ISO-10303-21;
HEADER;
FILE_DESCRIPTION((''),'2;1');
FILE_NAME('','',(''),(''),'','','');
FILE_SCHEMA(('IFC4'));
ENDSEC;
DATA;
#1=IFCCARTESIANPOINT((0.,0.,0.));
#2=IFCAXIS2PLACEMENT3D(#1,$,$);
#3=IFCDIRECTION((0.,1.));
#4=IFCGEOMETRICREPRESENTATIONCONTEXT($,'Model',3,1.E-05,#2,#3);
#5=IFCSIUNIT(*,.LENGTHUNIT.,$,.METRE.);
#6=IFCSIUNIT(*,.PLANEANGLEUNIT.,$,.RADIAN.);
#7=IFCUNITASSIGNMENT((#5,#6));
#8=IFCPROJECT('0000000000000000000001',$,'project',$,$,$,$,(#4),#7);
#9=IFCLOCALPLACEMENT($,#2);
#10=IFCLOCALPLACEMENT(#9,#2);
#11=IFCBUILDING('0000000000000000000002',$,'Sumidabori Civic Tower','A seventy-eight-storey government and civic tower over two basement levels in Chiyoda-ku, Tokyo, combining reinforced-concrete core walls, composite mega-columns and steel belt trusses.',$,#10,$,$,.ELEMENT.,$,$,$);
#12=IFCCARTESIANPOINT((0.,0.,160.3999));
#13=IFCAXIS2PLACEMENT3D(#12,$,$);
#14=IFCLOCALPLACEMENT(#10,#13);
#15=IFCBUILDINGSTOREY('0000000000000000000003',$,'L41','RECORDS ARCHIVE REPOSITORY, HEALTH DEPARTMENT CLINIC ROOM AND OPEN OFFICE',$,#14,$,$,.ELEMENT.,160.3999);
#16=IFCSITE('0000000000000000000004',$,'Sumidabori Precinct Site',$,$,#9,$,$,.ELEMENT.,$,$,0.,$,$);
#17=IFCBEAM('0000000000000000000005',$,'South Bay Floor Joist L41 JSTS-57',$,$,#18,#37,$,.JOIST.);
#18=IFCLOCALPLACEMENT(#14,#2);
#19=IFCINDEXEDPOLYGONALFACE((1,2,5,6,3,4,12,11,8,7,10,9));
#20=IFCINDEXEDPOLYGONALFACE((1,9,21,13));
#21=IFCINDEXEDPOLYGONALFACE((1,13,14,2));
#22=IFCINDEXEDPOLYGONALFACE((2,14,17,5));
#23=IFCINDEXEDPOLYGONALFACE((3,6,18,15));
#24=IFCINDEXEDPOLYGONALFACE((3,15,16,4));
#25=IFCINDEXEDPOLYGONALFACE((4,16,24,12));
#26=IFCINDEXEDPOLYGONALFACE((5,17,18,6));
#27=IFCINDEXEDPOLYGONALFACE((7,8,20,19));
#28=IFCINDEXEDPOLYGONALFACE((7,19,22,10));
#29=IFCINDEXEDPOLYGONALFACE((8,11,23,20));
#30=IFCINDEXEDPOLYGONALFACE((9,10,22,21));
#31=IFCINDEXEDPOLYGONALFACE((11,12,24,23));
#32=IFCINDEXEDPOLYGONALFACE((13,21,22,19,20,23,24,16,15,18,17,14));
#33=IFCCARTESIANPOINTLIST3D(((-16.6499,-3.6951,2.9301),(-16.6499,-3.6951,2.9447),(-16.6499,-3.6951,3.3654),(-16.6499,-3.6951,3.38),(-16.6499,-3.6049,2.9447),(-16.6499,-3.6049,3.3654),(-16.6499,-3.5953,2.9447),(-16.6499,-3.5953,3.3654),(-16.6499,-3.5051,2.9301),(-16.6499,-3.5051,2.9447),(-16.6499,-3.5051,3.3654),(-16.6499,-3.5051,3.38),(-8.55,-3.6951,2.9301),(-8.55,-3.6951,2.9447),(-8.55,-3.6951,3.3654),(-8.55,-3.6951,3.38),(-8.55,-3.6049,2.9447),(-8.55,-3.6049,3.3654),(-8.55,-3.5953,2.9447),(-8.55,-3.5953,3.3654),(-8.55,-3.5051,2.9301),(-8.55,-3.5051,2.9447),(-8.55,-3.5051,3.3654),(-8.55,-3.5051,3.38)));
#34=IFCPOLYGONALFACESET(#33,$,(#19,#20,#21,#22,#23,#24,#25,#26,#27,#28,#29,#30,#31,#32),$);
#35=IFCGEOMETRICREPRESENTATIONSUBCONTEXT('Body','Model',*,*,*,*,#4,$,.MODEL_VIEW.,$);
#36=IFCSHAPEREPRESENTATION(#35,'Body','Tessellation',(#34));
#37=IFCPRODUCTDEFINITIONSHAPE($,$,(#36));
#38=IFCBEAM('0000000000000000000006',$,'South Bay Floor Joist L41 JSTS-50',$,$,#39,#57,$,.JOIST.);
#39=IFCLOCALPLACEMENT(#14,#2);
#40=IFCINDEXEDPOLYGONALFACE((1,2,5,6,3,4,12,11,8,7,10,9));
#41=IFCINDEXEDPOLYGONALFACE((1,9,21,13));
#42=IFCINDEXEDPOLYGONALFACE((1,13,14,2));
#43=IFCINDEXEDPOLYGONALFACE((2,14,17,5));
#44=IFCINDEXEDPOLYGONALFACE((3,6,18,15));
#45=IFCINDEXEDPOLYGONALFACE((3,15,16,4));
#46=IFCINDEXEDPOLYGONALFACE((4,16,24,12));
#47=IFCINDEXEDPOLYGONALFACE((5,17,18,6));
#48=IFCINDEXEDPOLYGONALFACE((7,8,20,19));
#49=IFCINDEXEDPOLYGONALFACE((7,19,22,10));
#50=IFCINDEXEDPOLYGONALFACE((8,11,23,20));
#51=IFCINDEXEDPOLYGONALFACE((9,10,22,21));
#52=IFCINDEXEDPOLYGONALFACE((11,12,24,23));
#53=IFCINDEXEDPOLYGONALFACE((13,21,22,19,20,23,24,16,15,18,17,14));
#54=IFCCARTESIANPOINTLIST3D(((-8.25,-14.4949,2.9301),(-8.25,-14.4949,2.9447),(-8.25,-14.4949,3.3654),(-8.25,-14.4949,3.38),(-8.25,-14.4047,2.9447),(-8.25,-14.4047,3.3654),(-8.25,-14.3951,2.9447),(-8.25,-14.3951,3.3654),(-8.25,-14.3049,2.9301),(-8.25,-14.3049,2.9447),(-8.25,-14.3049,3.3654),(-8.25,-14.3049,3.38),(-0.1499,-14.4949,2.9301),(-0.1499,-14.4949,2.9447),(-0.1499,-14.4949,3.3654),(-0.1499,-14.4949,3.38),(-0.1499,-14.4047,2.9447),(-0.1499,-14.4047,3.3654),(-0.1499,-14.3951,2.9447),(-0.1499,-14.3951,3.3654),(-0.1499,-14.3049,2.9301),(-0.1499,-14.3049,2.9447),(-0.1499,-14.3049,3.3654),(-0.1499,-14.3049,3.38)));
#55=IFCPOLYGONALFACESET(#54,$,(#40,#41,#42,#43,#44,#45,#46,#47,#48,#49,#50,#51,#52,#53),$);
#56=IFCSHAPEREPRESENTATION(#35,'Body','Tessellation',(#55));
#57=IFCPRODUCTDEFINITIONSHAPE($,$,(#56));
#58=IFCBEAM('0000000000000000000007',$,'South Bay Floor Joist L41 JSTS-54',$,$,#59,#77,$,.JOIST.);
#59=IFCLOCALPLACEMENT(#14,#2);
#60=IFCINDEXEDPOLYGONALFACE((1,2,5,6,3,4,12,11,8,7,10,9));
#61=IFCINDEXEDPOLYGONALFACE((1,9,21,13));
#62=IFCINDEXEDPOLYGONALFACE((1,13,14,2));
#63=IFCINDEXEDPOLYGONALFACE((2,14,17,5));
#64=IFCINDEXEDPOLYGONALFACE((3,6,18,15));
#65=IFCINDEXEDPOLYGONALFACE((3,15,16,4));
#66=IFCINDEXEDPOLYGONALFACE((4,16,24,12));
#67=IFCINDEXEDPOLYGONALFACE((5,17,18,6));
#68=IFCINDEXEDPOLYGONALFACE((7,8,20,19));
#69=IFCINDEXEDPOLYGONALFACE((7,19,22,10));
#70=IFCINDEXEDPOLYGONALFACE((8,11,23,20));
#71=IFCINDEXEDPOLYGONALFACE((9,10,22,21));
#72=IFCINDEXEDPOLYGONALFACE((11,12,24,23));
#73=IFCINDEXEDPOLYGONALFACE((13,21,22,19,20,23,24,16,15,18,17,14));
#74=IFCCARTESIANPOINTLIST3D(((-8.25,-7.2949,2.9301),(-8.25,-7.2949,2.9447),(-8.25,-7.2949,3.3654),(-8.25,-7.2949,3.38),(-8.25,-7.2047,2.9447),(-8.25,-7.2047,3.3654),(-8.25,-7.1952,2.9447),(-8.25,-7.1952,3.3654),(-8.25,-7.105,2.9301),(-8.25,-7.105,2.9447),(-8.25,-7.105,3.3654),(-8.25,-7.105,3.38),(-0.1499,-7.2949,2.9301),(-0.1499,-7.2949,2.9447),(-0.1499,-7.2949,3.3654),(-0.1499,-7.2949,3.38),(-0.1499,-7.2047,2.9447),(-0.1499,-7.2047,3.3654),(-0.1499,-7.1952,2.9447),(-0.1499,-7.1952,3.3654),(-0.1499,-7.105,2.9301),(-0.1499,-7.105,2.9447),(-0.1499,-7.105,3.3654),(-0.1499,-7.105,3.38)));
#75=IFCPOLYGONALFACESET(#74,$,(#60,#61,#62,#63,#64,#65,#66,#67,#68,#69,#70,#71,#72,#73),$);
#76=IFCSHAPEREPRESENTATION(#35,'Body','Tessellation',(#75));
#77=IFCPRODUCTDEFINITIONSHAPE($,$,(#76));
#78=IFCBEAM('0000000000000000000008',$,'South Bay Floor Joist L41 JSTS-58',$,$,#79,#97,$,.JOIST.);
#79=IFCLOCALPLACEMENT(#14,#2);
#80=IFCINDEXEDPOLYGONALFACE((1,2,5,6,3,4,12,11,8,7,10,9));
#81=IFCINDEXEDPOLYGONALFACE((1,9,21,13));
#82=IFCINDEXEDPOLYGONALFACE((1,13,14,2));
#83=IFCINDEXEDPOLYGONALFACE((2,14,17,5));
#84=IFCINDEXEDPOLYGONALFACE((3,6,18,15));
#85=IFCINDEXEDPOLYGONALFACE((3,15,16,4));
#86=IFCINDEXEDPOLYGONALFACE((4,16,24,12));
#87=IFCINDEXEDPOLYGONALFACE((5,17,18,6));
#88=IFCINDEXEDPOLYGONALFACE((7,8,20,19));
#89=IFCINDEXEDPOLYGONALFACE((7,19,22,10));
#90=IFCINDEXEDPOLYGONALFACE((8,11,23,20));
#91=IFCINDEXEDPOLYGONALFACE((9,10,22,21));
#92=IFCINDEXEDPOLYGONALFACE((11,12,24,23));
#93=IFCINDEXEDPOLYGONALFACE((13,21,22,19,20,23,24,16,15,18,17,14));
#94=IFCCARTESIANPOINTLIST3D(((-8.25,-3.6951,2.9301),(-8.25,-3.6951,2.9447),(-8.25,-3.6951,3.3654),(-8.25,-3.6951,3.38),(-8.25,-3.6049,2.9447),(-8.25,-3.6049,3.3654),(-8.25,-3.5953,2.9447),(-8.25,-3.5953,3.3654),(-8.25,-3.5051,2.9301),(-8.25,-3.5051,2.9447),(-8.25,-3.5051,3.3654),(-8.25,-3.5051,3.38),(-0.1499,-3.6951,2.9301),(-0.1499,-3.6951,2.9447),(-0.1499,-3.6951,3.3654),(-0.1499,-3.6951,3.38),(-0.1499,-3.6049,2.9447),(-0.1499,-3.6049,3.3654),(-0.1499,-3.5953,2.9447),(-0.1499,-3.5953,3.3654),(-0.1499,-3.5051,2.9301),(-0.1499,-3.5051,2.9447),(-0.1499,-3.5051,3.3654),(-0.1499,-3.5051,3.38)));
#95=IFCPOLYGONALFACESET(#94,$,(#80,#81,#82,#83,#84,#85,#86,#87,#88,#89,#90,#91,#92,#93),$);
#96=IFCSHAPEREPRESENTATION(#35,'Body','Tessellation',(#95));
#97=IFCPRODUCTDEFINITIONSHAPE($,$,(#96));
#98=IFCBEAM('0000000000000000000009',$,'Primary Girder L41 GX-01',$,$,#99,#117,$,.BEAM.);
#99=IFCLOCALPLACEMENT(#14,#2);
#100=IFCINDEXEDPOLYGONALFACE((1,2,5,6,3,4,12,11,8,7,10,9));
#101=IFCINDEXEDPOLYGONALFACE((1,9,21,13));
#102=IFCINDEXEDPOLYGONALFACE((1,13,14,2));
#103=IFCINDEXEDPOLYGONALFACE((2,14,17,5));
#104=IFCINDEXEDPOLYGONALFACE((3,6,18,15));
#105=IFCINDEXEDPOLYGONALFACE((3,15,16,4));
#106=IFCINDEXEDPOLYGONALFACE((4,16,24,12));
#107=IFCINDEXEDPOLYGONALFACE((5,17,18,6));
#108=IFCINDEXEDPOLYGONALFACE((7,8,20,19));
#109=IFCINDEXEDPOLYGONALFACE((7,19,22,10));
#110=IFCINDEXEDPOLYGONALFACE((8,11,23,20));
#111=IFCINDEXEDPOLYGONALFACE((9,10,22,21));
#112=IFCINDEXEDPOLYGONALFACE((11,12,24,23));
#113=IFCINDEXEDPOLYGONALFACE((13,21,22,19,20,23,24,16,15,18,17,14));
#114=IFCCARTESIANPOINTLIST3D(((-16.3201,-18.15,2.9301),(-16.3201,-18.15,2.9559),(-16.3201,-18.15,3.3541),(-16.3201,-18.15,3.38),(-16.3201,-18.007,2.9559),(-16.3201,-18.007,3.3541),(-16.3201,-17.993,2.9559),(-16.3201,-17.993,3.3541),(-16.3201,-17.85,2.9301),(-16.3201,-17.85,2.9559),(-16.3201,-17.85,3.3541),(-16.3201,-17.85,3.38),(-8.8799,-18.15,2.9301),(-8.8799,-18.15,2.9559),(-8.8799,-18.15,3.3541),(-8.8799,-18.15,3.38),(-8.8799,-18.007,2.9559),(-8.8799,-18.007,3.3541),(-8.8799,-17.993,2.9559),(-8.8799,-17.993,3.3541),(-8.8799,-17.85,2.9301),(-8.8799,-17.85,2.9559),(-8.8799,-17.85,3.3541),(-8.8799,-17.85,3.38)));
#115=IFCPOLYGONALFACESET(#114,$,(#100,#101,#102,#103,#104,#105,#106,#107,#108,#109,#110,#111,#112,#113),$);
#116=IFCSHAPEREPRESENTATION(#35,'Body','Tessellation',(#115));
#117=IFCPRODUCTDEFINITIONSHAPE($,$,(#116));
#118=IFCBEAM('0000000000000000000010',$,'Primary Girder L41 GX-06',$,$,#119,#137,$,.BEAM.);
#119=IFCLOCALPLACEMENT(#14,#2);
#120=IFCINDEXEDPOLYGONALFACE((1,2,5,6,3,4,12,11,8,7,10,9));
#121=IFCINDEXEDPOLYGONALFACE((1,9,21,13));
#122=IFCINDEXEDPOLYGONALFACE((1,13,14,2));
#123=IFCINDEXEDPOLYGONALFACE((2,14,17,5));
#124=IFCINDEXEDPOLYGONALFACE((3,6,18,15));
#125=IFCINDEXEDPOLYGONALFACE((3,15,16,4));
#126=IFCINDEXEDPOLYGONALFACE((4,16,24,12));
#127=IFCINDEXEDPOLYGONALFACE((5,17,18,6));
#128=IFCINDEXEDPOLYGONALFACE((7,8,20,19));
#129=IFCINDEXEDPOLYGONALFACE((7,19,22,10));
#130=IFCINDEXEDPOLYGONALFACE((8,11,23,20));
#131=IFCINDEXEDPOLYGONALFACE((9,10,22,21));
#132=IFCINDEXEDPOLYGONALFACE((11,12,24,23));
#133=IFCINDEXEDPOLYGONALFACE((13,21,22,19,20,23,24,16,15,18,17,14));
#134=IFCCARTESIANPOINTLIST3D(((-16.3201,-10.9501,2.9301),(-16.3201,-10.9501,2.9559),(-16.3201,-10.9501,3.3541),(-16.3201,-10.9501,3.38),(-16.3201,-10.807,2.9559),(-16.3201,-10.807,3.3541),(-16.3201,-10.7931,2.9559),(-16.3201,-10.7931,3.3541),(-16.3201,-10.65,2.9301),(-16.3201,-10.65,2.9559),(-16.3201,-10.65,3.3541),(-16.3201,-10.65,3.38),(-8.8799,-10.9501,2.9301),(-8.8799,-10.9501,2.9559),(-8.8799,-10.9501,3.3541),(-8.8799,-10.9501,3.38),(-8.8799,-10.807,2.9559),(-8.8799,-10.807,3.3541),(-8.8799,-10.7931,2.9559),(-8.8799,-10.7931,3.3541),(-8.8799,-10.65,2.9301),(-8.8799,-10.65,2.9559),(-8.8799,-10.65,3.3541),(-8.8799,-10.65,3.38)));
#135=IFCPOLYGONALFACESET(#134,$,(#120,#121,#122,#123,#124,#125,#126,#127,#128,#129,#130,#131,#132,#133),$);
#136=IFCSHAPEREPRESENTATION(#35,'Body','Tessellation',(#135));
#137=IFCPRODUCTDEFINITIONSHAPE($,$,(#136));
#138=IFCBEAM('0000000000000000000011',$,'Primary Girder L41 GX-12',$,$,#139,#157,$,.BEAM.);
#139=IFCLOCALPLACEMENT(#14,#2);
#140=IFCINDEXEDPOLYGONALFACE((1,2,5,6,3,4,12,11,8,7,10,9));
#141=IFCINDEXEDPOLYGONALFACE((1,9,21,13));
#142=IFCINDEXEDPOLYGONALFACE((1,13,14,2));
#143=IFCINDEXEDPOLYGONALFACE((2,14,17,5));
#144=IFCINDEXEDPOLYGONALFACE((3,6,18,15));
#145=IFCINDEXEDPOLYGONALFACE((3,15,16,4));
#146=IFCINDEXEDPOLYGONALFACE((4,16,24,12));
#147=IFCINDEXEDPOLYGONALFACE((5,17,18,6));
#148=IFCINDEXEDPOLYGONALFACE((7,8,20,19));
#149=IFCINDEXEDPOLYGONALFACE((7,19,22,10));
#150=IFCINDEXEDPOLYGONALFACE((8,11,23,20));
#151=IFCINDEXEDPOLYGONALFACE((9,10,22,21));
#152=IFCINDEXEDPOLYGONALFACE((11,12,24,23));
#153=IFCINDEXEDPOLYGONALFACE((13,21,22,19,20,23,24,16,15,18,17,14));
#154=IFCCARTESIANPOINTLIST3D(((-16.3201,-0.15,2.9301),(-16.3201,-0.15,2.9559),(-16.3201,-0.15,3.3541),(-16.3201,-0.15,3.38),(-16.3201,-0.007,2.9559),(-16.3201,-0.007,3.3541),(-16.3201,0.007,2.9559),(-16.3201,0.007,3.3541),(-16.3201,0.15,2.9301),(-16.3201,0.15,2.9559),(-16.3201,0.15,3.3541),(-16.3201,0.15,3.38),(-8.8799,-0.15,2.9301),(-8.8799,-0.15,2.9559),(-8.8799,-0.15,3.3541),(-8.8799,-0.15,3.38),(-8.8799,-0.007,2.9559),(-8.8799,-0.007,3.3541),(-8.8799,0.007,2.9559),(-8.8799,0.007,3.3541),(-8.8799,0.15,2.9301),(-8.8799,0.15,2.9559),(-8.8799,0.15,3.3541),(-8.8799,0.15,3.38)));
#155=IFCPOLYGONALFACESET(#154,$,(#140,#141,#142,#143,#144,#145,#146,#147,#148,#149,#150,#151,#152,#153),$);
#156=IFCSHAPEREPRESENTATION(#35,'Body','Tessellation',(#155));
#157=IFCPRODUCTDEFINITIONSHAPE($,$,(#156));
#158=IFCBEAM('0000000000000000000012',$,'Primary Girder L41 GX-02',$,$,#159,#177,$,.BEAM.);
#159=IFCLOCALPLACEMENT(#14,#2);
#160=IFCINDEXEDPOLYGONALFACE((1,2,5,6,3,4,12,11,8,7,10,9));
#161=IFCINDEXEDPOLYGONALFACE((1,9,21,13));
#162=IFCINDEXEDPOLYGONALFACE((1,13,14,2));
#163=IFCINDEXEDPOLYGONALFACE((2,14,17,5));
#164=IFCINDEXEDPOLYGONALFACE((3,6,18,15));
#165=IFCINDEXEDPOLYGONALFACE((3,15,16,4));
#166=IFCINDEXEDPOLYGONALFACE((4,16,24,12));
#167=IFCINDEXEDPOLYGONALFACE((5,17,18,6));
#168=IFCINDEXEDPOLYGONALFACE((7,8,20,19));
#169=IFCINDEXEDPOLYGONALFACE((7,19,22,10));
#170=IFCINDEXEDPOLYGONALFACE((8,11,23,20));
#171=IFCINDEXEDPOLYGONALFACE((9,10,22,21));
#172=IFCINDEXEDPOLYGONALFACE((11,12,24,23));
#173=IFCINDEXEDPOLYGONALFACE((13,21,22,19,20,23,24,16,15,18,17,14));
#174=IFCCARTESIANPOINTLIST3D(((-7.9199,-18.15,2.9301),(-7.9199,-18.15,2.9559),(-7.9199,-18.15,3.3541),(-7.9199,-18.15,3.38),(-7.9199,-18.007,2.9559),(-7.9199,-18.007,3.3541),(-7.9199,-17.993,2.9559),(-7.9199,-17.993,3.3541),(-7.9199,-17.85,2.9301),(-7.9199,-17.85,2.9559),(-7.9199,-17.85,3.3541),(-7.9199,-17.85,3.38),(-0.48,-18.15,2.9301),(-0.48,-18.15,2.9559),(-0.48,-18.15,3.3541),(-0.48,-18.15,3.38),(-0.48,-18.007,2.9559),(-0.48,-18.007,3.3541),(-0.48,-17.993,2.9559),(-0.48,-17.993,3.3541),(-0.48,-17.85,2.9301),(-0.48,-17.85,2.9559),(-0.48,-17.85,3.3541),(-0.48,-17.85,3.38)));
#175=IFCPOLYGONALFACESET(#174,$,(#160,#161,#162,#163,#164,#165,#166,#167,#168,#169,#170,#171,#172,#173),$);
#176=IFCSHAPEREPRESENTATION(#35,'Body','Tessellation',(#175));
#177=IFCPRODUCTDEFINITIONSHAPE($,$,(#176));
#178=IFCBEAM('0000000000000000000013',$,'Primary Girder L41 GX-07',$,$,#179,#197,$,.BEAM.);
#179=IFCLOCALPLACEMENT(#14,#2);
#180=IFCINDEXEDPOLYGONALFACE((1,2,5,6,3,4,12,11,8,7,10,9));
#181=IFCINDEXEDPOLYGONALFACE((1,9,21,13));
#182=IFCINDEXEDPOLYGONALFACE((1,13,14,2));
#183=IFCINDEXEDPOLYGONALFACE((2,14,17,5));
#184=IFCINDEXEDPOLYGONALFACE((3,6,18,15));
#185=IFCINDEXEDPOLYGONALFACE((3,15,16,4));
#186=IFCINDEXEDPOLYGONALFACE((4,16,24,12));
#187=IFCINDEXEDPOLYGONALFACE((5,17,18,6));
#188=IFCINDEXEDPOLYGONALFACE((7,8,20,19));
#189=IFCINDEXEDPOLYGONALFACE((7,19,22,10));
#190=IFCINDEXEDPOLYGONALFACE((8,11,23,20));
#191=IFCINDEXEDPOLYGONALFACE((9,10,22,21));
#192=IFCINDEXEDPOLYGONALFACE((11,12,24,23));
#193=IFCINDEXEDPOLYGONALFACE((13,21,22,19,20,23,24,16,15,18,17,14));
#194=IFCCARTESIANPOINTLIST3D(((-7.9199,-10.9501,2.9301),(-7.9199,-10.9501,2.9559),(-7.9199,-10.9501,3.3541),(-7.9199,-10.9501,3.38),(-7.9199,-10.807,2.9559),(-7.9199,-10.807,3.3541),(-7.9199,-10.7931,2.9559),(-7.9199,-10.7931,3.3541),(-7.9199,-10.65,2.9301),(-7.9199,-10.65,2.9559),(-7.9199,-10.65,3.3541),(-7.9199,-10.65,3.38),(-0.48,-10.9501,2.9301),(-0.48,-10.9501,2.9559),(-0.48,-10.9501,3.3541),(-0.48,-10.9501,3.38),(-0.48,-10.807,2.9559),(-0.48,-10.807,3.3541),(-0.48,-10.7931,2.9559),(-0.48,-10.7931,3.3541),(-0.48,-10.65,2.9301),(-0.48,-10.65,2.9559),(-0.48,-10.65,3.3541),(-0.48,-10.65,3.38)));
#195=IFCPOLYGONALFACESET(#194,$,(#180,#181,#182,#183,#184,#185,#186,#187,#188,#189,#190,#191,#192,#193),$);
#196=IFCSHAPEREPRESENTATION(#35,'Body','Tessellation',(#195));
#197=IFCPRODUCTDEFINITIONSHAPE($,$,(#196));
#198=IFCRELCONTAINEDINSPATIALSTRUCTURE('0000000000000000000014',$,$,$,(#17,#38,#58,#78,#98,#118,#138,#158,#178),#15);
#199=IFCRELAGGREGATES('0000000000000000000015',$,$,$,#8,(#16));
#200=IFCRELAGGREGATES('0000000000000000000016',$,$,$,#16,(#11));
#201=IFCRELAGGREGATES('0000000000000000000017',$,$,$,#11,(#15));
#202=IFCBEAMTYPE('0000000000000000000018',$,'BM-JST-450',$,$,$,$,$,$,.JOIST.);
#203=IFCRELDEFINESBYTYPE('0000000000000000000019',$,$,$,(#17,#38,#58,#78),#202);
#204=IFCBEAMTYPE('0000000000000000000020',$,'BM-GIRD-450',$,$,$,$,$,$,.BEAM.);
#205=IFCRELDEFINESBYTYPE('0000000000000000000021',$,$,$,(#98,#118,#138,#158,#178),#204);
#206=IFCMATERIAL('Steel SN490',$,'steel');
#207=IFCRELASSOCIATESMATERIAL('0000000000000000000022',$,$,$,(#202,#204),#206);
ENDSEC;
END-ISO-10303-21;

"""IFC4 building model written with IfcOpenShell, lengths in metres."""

from ifc_helpers import new_model, si_unit, direction, frame, origin, origin_2d, place, context, subcontext, project, spatial, i_section, extrude, source, transform, mapped, material, material_profile, profile_set, type_object, element, save


model = new_model("IFC4")

# Units and contexts
model_context = context("Model", 3, precision=1e-05, world=origin(), true_north=direction((0.0, 1.0)))
body_context = subcontext(model_context, "Body", "Model", "MODEL_VIEW")
ifc_project = project(units=[si_unit("LENGTHUNIT", "METRE"), si_unit("PLANEANGLEUNIT", "RADIAN")], contexts=[model_context])

# Site, building, storey
site_placement = place(None, origin())
site = spatial("IfcSite", under=ifc_project, at=site_placement, Name="Sumidabori Precinct Site", CompositionType="ELEMENT", RefElevation=0.0)
building_placement = place(site_placement, origin())
building = spatial("IfcBuilding", under=site, at=building_placement, Name="Sumidabori Civic Tower", Description="A seventy-eight-storey government and civic tower over two basement levels in Chiyoda-ku, Tokyo, combining reinforced-concrete core walls, composite mega-columns and steel belt trusses.", CompositionType="ELEMENT")
storey_placement = place(building_placement, frame((0.0, 0.0, 160.3999)))
storey = spatial("IfcBuildingStorey", under=building, at=storey_placement, Name="L41", Description="RECORDS ARCHIVE REPOSITORY, HEALTH DEPARTMENT CLINIC ROOM AND OPEN OFFICE", CompositionType="ELEMENT", Elevation=160.3999)

# Beams
ifc_material_1 = material(Name="Steel SN490", Category="steel")
ifc_material_profile_1 = material_profile(ifc_material_1, i_section(OverallWidth=0.1899, OverallDepth=0.45, WebThickness=0.0095, FlangeThickness=0.0146, at=origin_2d()), Name="IPE 450")
ifc_profile_set_1 = profile_set([ifc_material_profile_1], Name="Steel SN490")
beam_type_1 = type_object("IfcBeamType", Name="BM-JST-450", PredefinedType="JOIST", material=ifc_profile_set_1)
shared_shape_1 = source(origin(), body_context, "Body", "SweptSolid", [
    extrude(i_section(OverallWidth=0.1899, OverallDepth=0.45, WebThickness=0.0095, FlangeThickness=0.0146, at=origin_2d()), origin(), (0.0, 0.0, 1.0), 8.0999),
])
beam_placement = place(storey_placement, frame((-16.6499, -3.6001, 3.155), z_axis=(1.0, 0.0, 0.0), x_axis=(0.0, 1.0, 0.0)))
element("IfcBeam", 1, at=beam_placement, inside=storey, type_object=beam_type_1, Name="South Bay Floor Joist L41 JSTS-57", PredefinedType="JOIST", context=body_context, shape_type="MappedRepresentation", body=[
    mapped(shared_shape_1, transform((0.0, 0.0, 0.0), x_axis=(1.0, 0.0, 0.0), y_axis=(0.0, 1.0, 0.0), z_axis=(0.0, 0.0, 1.0), scale=1.0)),
])
shared_shape_2 = source(origin(), body_context, "Body", "SweptSolid", [
    extrude(i_section(OverallWidth=0.1899, OverallDepth=0.45, WebThickness=0.0095, FlangeThickness=0.0146, at=origin_2d()), origin(), (0.0, 0.0, 1.0), 8.1001),
])
for number, where, z_axis, x_axis, name in (
    (2, (-8.25, -14.3999, 3.155), (1.0, 0.0, 0.0), (0.0, 1.0, 0.0), "South Bay Floor Joist L41 JSTS-50"),
    (3, (-8.25, -7.2, 3.155), (1.0, 0.0, 0.0), (0.0, 1.0, 0.0), "South Bay Floor Joist L41 JSTS-54"),
    (4, (-8.25, -3.6001, 3.155), (1.0, 0.0, 0.0), (0.0, 1.0, 0.0), "South Bay Floor Joist L41 JSTS-58"),
):
    element("IfcBeam", number, at=place(storey_placement, frame(where, z_axis=z_axis, x_axis=x_axis)), inside=storey, type_object=beam_type_1, Name=name, PredefinedType="JOIST", context=body_context, shape_type="MappedRepresentation", body=[
        mapped(shared_shape_2, transform((0.0, 0.0, 0.0), x_axis=(1.0, 0.0, 0.0), y_axis=(0.0, 1.0, 0.0), z_axis=(0.0, 0.0, 1.0), scale=1.0)),
    ])
ifc_material_profile_2 = material_profile(ifc_material_1, i_section(OverallWidth=0.3, OverallDepth=0.45, WebThickness=0.0139, FlangeThickness=0.0259, at=origin_2d()), Name="HE 450 B")
ifc_profile_set_2 = profile_set([ifc_material_profile_2], Name="Steel SN490")
beam_type_2 = type_object("IfcBeamType", Name="BM-GIRD-450", PredefinedType="BEAM", material=ifc_profile_set_2)
shared_shape_3 = source(origin(), body_context, "Body", "SweptSolid", [
    extrude(i_section(OverallWidth=0.3, OverallDepth=0.45, WebThickness=0.0139, FlangeThickness=0.0259, at=origin_2d()), origin(), (0.0, 0.0, 1.0), 7.4402),
])
for number, where, z_axis, x_axis, name in (
    (5, (-16.3201, -18.0, 3.155), (1.0, 0.0, 0.0), (0.0, 1.0, 0.0), "Primary Girder L41 GX-01"),
    (6, (-16.3201, -10.8, 3.155), (1.0, 0.0, 0.0), (0.0, 1.0, 0.0), "Primary Girder L41 GX-06"),
    (7, (-16.3201, 0.0, 3.155), (1.0, 0.0, 0.0), (0.0, 1.0, 0.0), "Primary Girder L41 GX-12"),
):
    element("IfcBeam", number, at=place(storey_placement, frame(where, z_axis=z_axis, x_axis=x_axis)), inside=storey, type_object=beam_type_2, Name=name, PredefinedType="BEAM", context=body_context, shape_type="MappedRepresentation", body=[
        mapped(shared_shape_3, transform((0.0, 0.0, 0.0), x_axis=(1.0, 0.0, 0.0), y_axis=(0.0, 1.0, 0.0), z_axis=(0.0, 0.0, 1.0), scale=1.0)),
    ])
shared_shape_4 = source(origin(), body_context, "Body", "SweptSolid", [
    extrude(i_section(OverallWidth=0.3, OverallDepth=0.45, WebThickness=0.0139, FlangeThickness=0.0259, at=origin_2d()), origin(), (0.0, 0.0, 1.0), 7.4399),
])
for number, where, z_axis, x_axis, name in (
    (8, (-7.9199, -18.0, 3.155), (1.0, 0.0, 0.0), (0.0, 1.0, 0.0), "Primary Girder L41 GX-02"),
    (9, (-7.9199, -10.8, 3.155), (1.0, 0.0, 0.0), (0.0, 1.0, 0.0), "Primary Girder L41 GX-07"),
):
    element("IfcBeam", number, at=place(storey_placement, frame(where, z_axis=z_axis, x_axis=x_axis)), inside=storey, type_object=beam_type_2, Name=name, PredefinedType="BEAM", context=body_context, shape_type="MappedRepresentation", body=[
        mapped(shared_shape_4, transform((0.0, 0.0, 0.0), x_axis=(1.0, 0.0, 0.0), y_axis=(0.0, 1.0, 0.0), z_axis=(0.0, 0.0, 1.0), scale=1.0)),
    ])

save(model, "model.ifc")
